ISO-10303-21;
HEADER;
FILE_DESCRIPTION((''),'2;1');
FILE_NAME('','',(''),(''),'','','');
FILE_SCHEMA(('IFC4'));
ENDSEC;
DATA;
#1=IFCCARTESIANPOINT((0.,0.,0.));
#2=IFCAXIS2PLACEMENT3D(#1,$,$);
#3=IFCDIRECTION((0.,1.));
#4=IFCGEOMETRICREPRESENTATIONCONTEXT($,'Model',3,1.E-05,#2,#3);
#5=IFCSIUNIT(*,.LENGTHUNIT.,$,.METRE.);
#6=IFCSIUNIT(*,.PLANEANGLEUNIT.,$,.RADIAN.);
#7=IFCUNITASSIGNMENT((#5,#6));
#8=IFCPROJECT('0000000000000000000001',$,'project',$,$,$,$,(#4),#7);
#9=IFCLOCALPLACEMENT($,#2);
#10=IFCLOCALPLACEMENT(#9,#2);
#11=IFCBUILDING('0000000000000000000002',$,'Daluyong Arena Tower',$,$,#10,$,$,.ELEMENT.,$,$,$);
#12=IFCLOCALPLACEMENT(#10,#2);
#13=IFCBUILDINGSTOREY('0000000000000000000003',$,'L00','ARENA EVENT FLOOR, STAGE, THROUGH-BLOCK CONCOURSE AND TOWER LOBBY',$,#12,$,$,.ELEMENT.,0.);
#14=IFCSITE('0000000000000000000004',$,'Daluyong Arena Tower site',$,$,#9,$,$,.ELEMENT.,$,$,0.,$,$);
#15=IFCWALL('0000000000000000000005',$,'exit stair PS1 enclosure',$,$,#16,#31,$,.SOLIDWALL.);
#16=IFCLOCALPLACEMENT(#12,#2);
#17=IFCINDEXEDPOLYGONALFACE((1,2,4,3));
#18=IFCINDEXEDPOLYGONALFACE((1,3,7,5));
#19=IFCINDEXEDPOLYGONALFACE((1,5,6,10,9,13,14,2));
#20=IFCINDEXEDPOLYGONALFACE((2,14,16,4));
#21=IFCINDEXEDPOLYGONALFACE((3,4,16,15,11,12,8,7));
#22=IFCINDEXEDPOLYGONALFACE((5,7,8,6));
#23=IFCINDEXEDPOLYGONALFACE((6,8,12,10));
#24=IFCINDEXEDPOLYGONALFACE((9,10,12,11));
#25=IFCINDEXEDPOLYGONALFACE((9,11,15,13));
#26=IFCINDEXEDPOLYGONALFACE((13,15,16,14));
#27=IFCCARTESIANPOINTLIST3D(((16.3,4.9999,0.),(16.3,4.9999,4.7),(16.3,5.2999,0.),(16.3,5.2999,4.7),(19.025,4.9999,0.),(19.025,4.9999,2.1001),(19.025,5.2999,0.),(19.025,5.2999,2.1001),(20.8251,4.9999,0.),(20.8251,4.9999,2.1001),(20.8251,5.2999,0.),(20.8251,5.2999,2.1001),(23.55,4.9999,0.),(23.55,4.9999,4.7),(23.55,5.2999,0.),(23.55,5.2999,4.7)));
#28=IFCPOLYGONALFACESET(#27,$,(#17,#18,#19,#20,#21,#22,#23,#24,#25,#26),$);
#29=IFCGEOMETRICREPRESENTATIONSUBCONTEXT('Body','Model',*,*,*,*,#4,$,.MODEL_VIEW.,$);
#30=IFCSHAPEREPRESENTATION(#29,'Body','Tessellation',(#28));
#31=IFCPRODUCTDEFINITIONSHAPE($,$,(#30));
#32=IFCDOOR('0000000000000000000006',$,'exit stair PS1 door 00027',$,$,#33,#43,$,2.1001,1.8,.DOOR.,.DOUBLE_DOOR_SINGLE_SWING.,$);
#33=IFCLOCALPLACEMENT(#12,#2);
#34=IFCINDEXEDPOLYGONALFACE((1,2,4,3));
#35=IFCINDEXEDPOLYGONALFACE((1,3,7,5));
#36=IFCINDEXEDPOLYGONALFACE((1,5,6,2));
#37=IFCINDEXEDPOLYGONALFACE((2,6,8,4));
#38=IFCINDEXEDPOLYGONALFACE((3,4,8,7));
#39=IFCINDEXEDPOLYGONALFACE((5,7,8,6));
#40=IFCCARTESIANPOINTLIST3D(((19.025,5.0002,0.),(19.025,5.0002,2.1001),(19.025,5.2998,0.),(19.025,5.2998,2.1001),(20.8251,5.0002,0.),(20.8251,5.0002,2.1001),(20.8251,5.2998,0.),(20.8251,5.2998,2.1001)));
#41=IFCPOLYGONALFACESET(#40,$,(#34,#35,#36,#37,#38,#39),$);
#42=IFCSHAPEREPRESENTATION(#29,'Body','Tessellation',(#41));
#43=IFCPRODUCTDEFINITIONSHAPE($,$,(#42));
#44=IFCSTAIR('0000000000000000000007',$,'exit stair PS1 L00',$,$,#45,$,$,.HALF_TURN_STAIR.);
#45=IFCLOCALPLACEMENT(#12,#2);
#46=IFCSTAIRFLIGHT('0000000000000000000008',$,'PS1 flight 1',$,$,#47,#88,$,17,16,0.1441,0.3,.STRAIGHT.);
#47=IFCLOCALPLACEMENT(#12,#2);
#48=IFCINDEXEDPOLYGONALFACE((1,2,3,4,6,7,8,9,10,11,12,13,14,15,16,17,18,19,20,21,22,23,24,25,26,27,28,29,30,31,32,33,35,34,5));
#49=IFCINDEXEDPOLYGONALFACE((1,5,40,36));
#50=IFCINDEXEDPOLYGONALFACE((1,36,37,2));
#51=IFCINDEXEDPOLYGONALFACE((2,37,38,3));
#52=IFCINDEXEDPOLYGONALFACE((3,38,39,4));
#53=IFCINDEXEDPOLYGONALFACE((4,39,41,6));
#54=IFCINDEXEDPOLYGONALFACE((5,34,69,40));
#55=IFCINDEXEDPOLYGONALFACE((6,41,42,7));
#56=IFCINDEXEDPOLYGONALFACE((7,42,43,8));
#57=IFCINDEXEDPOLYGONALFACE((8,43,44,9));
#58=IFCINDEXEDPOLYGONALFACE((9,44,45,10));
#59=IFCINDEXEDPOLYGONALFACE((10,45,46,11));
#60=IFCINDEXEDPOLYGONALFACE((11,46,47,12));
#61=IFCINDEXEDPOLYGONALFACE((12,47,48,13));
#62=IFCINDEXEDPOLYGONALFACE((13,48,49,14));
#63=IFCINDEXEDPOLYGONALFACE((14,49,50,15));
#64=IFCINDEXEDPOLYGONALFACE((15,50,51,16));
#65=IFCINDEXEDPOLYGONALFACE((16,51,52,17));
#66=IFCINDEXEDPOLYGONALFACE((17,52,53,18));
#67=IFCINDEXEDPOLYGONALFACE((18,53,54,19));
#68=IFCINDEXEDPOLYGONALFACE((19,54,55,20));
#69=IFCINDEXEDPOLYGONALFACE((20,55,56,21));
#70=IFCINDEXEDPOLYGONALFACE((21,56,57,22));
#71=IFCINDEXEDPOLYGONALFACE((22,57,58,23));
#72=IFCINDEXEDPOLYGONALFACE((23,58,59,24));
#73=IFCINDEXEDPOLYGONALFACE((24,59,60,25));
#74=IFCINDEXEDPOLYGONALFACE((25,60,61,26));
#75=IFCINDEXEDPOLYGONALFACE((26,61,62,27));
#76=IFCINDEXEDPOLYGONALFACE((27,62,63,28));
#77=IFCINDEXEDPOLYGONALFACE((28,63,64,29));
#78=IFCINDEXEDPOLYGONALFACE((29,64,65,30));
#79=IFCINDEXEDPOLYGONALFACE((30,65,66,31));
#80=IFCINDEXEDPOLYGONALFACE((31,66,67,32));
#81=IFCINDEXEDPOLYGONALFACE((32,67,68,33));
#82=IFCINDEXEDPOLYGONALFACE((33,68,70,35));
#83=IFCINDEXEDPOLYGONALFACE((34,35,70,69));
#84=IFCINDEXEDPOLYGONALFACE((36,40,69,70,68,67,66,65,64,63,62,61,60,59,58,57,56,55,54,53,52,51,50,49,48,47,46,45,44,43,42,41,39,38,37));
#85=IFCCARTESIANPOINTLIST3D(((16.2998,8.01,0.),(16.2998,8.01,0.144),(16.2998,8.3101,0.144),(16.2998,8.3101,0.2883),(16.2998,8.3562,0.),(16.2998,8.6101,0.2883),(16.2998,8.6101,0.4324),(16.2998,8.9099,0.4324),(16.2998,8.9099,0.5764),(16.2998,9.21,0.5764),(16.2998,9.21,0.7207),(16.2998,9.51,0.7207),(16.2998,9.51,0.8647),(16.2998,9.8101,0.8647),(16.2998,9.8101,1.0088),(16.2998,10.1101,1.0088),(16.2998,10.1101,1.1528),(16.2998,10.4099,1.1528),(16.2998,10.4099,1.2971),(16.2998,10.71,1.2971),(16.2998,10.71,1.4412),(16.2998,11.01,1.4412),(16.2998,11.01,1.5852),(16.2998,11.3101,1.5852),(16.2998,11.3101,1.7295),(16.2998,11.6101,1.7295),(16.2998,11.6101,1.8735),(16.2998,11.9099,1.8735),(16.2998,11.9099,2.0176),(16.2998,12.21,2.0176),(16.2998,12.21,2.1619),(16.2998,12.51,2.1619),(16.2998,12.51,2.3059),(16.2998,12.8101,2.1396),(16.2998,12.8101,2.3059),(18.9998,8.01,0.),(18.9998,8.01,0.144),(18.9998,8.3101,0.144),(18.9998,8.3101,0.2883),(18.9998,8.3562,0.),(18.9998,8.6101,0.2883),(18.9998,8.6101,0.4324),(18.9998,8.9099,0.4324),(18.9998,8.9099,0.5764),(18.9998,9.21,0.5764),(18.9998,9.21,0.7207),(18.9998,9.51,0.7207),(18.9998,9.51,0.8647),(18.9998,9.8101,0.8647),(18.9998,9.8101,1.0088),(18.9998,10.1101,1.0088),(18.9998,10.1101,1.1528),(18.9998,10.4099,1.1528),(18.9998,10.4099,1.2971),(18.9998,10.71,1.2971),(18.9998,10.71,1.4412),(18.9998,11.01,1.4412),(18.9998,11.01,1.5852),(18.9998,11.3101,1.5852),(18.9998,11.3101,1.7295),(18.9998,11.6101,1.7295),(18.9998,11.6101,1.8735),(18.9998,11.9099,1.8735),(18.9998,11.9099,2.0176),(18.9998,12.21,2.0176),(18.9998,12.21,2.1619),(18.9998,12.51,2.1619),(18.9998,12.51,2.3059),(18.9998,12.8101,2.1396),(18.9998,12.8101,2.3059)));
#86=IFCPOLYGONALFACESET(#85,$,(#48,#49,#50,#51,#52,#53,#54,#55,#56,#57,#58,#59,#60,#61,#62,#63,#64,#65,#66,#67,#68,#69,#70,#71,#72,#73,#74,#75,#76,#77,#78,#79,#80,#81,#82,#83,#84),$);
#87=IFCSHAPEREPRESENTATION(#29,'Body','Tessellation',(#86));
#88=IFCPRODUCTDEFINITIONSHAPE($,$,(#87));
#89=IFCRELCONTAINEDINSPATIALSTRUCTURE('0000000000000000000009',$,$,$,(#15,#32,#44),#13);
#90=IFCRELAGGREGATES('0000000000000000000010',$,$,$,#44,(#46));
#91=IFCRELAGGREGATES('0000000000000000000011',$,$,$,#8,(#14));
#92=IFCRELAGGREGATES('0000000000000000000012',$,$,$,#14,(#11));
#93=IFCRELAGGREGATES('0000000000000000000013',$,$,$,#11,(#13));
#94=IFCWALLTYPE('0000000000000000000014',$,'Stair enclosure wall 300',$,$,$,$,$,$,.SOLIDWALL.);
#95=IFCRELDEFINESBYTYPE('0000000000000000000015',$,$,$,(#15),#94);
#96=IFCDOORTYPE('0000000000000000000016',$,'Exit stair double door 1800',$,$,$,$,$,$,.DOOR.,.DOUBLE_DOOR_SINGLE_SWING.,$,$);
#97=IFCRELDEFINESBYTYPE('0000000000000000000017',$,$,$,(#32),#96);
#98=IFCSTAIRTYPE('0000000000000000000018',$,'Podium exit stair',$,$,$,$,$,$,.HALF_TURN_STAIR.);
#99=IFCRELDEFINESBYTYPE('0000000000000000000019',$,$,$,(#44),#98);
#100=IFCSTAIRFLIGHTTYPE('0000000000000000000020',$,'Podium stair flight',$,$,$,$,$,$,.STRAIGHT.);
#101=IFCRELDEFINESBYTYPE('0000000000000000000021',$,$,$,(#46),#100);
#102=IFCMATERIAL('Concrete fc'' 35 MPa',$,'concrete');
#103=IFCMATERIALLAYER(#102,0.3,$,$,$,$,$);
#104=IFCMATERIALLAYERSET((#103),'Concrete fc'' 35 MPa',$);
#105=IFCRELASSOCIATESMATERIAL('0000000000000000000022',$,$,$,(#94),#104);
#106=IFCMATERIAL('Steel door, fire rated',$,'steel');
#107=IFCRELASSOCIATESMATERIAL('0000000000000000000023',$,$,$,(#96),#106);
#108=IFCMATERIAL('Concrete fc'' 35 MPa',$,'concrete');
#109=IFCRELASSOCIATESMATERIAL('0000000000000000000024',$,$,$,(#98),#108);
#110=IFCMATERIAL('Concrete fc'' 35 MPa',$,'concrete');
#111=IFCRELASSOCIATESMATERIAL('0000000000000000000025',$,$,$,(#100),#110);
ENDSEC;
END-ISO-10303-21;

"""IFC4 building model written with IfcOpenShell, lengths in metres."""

from ifc_helpers import new_model, si_unit, direction, frame, frame_2d, origin, place, context, subcontext, project, spatial, polyline, rectangle, outline, extrude, material, layer, layer_set, type_object, element, fill, aggregate, save


model = new_model("IFC4")

# Units and contexts
model_context = context("Model", 3, precision=1e-05, world=origin(), true_north=direction((0.0, 1.0)))
body_context = subcontext(model_context, "Body", "Model", "MODEL_VIEW")
ifc_project = project(units=[si_unit("LENGTHUNIT", "METRE"), si_unit("PLANEANGLEUNIT", "RADIAN")], contexts=[model_context])

# Site, building, storey
site_placement = place(None, origin())
site = spatial("IfcSite", under=ifc_project, at=site_placement, Name="Daluyong Arena Tower site", CompositionType="ELEMENT", RefElevation=0.0)
building_placement = place(site_placement, origin())
building = spatial("IfcBuilding", under=site, at=building_placement, Name="Daluyong Arena Tower", CompositionType="ELEMENT")
storey_placement = place(building_placement, origin())
storey = spatial("IfcBuildingStorey", under=building, at=storey_placement, Name="L00", Description="ARENA EVENT FLOOR, STAGE, THROUGH-BLOCK CONCOURSE AND TOWER LOBBY", CompositionType="ELEMENT", Elevation=0.0)

# Shared definitions
ifc_material_1 = material(Name="Concrete fc' 35 MPa", Category="concrete")
ifc_layer_1 = layer(ifc_material_1, 0.3)
ifc_layer_set_1 = layer_set([ifc_layer_1], Name="Concrete fc' 35 MPa")
wall_type_1 = type_object("IfcWallType", Name="Stair enclosure wall 300", PredefinedType="SOLIDWALL", material=ifc_layer_set_1)

# Wall, opening, door
wall_1_placement = place(storey_placement, frame((16.3, 5.1499, 0.0), z_axis=(0.0, 0.0, 1.0), x_axis=(1.0, 0.0, 0.0)))
wall_1 = element("IfcWall", 1, at=wall_1_placement, inside=storey, type_object=wall_type_1, Name="exit stair PS1 enclosure", PredefinedType="SOLIDWALL", context=body_context, shape_type="SweptSolid", body=[
    extrude(rectangle(XDim=7.25, YDim=0.3, at=frame_2d((3.625, 0.0))), origin(), (0.0, 0.0, 1.0), 4.7),
])
opening_placement = place(wall_1_placement, frame((2.7251, 0.0, 0.0)))
opening = element("IfcOpeningElement", 2, at=opening_placement, cuts=wall_1, PredefinedType="OPENING", context=body_context, shape_type="SweptSolid", body=[
    extrude(rectangle(XDim=1.8, YDim=2.1001, at=frame_2d((0.8999, 1.05))), frame((0.0, 0.1599, 0.0), z_axis=(0.0, -1.0, 0.0), x_axis=(1.0, 0.0, 0.0)), (0.0, 0.0, 1.0), 0.3201),
])
ifc_material_2 = material(Name="Steel door, fire rated", Category="steel")
door_type = type_object("IfcDoorType", Name="Exit stair double door 1800", OperationType="DOUBLE_DOOR_SINGLE_SWING", PredefinedType="DOOR", material=ifc_material_2)
door_placement = place(opening_placement, origin())
door = element("IfcDoor", 3, at=door_placement, inside=storey, type_object=door_type, Name="exit stair PS1 door 00027", OperationType="DOUBLE_DOOR_SINGLE_SWING", OverallHeight=2.1001, OverallWidth=1.8, PredefinedType="DOOR", context=body_context, shape_type="SweptSolid", body=[
    extrude(rectangle(XDim=1.8, YDim=2.1001, at=frame_2d((0.8999, 1.05))), frame((0.0, 0.1499, 0.0), z_axis=(0.0, -1.0, 0.0), x_axis=(1.0, 0.0, 0.0)), (0.0, 0.0, 1.0), 0.2996),
])
fill(opening, door)

# Stair, stair flight
ifc_material_3 = material(Name="Concrete fc' 35 MPa", Category="concrete")
stair_type = type_object("IfcStairType", Name="Podium exit stair", PredefinedType="HALF_TURN_STAIR", material=ifc_material_3)
stair_placement = place(storey_placement, origin())
stair = element("IfcStair", 4, at=stair_placement, inside=storey, type_object=stair_type, Name="exit stair PS1 L00", PredefinedType="HALF_TURN_STAIR")
ifc_material_4 = material(Name="Concrete fc' 35 MPa", Category="concrete")
stair_flight_type = type_object("IfcStairFlightType", Name="Podium stair flight", PredefinedType="STRAIGHT", material=ifc_material_4)
stair_flight_placement = place(storey_placement, frame((17.6499, 8.01, 0.0), z_axis=(0.0, 0.0, 1.0), x_axis=(0.0, 1.0, 0.0)))
stair_flight = element("IfcStairFlight", 5, at=stair_flight_placement, type_object=stair_flight_type, Name="PS1 flight 1", NumberOfRisers=17, NumberOfTreads=16, PredefinedType="STRAIGHT", RiserHeight=0.1441, TreadLength=0.3, context=body_context, shape_type="SweptSolid", body=[
    extrude(outline(polyline([(0.0, 0.0), (0.0, 0.144), (0.3, 0.144), (0.3, 0.2883), (0.6001, 0.2883), (0.6001, 0.4324), (0.8999, 0.4324), (0.8999, 0.5764), (1.2, 0.5764), (1.2, 0.7207), (1.5, 0.7207), (1.5, 0.8647), (1.8, 0.8647), (1.8, 1.0088), (2.1001, 1.0088), (2.1001, 1.1528), (2.3999, 1.1528), (2.3999, 1.2971), (2.7, 1.2971), (2.7, 1.4412), (3.0, 1.4412), (3.0, 1.5852), (3.3, 1.5852), (3.3, 1.7295), (3.6001, 1.7295), (3.6001, 1.8735), (3.8999, 1.8735), (3.8999, 2.0176), (4.2, 2.0176), (4.2, 2.1619), (4.5, 2.1619), (4.5, 2.3059), (4.8, 2.3059), (4.8, 2.45), (4.8, 2.1396), (0.3462, 0.0), (0.0, 0.0)])), frame((0.0, 1.3501, 0.0), z_axis=(0.0, -1.0, 0.0), x_axis=(1.0, 0.0, 0.0)), (0.0, 0.0, 1.0), 2.7),
])
aggregate(stair, [stair_flight])

save(model, "model.ifc")
